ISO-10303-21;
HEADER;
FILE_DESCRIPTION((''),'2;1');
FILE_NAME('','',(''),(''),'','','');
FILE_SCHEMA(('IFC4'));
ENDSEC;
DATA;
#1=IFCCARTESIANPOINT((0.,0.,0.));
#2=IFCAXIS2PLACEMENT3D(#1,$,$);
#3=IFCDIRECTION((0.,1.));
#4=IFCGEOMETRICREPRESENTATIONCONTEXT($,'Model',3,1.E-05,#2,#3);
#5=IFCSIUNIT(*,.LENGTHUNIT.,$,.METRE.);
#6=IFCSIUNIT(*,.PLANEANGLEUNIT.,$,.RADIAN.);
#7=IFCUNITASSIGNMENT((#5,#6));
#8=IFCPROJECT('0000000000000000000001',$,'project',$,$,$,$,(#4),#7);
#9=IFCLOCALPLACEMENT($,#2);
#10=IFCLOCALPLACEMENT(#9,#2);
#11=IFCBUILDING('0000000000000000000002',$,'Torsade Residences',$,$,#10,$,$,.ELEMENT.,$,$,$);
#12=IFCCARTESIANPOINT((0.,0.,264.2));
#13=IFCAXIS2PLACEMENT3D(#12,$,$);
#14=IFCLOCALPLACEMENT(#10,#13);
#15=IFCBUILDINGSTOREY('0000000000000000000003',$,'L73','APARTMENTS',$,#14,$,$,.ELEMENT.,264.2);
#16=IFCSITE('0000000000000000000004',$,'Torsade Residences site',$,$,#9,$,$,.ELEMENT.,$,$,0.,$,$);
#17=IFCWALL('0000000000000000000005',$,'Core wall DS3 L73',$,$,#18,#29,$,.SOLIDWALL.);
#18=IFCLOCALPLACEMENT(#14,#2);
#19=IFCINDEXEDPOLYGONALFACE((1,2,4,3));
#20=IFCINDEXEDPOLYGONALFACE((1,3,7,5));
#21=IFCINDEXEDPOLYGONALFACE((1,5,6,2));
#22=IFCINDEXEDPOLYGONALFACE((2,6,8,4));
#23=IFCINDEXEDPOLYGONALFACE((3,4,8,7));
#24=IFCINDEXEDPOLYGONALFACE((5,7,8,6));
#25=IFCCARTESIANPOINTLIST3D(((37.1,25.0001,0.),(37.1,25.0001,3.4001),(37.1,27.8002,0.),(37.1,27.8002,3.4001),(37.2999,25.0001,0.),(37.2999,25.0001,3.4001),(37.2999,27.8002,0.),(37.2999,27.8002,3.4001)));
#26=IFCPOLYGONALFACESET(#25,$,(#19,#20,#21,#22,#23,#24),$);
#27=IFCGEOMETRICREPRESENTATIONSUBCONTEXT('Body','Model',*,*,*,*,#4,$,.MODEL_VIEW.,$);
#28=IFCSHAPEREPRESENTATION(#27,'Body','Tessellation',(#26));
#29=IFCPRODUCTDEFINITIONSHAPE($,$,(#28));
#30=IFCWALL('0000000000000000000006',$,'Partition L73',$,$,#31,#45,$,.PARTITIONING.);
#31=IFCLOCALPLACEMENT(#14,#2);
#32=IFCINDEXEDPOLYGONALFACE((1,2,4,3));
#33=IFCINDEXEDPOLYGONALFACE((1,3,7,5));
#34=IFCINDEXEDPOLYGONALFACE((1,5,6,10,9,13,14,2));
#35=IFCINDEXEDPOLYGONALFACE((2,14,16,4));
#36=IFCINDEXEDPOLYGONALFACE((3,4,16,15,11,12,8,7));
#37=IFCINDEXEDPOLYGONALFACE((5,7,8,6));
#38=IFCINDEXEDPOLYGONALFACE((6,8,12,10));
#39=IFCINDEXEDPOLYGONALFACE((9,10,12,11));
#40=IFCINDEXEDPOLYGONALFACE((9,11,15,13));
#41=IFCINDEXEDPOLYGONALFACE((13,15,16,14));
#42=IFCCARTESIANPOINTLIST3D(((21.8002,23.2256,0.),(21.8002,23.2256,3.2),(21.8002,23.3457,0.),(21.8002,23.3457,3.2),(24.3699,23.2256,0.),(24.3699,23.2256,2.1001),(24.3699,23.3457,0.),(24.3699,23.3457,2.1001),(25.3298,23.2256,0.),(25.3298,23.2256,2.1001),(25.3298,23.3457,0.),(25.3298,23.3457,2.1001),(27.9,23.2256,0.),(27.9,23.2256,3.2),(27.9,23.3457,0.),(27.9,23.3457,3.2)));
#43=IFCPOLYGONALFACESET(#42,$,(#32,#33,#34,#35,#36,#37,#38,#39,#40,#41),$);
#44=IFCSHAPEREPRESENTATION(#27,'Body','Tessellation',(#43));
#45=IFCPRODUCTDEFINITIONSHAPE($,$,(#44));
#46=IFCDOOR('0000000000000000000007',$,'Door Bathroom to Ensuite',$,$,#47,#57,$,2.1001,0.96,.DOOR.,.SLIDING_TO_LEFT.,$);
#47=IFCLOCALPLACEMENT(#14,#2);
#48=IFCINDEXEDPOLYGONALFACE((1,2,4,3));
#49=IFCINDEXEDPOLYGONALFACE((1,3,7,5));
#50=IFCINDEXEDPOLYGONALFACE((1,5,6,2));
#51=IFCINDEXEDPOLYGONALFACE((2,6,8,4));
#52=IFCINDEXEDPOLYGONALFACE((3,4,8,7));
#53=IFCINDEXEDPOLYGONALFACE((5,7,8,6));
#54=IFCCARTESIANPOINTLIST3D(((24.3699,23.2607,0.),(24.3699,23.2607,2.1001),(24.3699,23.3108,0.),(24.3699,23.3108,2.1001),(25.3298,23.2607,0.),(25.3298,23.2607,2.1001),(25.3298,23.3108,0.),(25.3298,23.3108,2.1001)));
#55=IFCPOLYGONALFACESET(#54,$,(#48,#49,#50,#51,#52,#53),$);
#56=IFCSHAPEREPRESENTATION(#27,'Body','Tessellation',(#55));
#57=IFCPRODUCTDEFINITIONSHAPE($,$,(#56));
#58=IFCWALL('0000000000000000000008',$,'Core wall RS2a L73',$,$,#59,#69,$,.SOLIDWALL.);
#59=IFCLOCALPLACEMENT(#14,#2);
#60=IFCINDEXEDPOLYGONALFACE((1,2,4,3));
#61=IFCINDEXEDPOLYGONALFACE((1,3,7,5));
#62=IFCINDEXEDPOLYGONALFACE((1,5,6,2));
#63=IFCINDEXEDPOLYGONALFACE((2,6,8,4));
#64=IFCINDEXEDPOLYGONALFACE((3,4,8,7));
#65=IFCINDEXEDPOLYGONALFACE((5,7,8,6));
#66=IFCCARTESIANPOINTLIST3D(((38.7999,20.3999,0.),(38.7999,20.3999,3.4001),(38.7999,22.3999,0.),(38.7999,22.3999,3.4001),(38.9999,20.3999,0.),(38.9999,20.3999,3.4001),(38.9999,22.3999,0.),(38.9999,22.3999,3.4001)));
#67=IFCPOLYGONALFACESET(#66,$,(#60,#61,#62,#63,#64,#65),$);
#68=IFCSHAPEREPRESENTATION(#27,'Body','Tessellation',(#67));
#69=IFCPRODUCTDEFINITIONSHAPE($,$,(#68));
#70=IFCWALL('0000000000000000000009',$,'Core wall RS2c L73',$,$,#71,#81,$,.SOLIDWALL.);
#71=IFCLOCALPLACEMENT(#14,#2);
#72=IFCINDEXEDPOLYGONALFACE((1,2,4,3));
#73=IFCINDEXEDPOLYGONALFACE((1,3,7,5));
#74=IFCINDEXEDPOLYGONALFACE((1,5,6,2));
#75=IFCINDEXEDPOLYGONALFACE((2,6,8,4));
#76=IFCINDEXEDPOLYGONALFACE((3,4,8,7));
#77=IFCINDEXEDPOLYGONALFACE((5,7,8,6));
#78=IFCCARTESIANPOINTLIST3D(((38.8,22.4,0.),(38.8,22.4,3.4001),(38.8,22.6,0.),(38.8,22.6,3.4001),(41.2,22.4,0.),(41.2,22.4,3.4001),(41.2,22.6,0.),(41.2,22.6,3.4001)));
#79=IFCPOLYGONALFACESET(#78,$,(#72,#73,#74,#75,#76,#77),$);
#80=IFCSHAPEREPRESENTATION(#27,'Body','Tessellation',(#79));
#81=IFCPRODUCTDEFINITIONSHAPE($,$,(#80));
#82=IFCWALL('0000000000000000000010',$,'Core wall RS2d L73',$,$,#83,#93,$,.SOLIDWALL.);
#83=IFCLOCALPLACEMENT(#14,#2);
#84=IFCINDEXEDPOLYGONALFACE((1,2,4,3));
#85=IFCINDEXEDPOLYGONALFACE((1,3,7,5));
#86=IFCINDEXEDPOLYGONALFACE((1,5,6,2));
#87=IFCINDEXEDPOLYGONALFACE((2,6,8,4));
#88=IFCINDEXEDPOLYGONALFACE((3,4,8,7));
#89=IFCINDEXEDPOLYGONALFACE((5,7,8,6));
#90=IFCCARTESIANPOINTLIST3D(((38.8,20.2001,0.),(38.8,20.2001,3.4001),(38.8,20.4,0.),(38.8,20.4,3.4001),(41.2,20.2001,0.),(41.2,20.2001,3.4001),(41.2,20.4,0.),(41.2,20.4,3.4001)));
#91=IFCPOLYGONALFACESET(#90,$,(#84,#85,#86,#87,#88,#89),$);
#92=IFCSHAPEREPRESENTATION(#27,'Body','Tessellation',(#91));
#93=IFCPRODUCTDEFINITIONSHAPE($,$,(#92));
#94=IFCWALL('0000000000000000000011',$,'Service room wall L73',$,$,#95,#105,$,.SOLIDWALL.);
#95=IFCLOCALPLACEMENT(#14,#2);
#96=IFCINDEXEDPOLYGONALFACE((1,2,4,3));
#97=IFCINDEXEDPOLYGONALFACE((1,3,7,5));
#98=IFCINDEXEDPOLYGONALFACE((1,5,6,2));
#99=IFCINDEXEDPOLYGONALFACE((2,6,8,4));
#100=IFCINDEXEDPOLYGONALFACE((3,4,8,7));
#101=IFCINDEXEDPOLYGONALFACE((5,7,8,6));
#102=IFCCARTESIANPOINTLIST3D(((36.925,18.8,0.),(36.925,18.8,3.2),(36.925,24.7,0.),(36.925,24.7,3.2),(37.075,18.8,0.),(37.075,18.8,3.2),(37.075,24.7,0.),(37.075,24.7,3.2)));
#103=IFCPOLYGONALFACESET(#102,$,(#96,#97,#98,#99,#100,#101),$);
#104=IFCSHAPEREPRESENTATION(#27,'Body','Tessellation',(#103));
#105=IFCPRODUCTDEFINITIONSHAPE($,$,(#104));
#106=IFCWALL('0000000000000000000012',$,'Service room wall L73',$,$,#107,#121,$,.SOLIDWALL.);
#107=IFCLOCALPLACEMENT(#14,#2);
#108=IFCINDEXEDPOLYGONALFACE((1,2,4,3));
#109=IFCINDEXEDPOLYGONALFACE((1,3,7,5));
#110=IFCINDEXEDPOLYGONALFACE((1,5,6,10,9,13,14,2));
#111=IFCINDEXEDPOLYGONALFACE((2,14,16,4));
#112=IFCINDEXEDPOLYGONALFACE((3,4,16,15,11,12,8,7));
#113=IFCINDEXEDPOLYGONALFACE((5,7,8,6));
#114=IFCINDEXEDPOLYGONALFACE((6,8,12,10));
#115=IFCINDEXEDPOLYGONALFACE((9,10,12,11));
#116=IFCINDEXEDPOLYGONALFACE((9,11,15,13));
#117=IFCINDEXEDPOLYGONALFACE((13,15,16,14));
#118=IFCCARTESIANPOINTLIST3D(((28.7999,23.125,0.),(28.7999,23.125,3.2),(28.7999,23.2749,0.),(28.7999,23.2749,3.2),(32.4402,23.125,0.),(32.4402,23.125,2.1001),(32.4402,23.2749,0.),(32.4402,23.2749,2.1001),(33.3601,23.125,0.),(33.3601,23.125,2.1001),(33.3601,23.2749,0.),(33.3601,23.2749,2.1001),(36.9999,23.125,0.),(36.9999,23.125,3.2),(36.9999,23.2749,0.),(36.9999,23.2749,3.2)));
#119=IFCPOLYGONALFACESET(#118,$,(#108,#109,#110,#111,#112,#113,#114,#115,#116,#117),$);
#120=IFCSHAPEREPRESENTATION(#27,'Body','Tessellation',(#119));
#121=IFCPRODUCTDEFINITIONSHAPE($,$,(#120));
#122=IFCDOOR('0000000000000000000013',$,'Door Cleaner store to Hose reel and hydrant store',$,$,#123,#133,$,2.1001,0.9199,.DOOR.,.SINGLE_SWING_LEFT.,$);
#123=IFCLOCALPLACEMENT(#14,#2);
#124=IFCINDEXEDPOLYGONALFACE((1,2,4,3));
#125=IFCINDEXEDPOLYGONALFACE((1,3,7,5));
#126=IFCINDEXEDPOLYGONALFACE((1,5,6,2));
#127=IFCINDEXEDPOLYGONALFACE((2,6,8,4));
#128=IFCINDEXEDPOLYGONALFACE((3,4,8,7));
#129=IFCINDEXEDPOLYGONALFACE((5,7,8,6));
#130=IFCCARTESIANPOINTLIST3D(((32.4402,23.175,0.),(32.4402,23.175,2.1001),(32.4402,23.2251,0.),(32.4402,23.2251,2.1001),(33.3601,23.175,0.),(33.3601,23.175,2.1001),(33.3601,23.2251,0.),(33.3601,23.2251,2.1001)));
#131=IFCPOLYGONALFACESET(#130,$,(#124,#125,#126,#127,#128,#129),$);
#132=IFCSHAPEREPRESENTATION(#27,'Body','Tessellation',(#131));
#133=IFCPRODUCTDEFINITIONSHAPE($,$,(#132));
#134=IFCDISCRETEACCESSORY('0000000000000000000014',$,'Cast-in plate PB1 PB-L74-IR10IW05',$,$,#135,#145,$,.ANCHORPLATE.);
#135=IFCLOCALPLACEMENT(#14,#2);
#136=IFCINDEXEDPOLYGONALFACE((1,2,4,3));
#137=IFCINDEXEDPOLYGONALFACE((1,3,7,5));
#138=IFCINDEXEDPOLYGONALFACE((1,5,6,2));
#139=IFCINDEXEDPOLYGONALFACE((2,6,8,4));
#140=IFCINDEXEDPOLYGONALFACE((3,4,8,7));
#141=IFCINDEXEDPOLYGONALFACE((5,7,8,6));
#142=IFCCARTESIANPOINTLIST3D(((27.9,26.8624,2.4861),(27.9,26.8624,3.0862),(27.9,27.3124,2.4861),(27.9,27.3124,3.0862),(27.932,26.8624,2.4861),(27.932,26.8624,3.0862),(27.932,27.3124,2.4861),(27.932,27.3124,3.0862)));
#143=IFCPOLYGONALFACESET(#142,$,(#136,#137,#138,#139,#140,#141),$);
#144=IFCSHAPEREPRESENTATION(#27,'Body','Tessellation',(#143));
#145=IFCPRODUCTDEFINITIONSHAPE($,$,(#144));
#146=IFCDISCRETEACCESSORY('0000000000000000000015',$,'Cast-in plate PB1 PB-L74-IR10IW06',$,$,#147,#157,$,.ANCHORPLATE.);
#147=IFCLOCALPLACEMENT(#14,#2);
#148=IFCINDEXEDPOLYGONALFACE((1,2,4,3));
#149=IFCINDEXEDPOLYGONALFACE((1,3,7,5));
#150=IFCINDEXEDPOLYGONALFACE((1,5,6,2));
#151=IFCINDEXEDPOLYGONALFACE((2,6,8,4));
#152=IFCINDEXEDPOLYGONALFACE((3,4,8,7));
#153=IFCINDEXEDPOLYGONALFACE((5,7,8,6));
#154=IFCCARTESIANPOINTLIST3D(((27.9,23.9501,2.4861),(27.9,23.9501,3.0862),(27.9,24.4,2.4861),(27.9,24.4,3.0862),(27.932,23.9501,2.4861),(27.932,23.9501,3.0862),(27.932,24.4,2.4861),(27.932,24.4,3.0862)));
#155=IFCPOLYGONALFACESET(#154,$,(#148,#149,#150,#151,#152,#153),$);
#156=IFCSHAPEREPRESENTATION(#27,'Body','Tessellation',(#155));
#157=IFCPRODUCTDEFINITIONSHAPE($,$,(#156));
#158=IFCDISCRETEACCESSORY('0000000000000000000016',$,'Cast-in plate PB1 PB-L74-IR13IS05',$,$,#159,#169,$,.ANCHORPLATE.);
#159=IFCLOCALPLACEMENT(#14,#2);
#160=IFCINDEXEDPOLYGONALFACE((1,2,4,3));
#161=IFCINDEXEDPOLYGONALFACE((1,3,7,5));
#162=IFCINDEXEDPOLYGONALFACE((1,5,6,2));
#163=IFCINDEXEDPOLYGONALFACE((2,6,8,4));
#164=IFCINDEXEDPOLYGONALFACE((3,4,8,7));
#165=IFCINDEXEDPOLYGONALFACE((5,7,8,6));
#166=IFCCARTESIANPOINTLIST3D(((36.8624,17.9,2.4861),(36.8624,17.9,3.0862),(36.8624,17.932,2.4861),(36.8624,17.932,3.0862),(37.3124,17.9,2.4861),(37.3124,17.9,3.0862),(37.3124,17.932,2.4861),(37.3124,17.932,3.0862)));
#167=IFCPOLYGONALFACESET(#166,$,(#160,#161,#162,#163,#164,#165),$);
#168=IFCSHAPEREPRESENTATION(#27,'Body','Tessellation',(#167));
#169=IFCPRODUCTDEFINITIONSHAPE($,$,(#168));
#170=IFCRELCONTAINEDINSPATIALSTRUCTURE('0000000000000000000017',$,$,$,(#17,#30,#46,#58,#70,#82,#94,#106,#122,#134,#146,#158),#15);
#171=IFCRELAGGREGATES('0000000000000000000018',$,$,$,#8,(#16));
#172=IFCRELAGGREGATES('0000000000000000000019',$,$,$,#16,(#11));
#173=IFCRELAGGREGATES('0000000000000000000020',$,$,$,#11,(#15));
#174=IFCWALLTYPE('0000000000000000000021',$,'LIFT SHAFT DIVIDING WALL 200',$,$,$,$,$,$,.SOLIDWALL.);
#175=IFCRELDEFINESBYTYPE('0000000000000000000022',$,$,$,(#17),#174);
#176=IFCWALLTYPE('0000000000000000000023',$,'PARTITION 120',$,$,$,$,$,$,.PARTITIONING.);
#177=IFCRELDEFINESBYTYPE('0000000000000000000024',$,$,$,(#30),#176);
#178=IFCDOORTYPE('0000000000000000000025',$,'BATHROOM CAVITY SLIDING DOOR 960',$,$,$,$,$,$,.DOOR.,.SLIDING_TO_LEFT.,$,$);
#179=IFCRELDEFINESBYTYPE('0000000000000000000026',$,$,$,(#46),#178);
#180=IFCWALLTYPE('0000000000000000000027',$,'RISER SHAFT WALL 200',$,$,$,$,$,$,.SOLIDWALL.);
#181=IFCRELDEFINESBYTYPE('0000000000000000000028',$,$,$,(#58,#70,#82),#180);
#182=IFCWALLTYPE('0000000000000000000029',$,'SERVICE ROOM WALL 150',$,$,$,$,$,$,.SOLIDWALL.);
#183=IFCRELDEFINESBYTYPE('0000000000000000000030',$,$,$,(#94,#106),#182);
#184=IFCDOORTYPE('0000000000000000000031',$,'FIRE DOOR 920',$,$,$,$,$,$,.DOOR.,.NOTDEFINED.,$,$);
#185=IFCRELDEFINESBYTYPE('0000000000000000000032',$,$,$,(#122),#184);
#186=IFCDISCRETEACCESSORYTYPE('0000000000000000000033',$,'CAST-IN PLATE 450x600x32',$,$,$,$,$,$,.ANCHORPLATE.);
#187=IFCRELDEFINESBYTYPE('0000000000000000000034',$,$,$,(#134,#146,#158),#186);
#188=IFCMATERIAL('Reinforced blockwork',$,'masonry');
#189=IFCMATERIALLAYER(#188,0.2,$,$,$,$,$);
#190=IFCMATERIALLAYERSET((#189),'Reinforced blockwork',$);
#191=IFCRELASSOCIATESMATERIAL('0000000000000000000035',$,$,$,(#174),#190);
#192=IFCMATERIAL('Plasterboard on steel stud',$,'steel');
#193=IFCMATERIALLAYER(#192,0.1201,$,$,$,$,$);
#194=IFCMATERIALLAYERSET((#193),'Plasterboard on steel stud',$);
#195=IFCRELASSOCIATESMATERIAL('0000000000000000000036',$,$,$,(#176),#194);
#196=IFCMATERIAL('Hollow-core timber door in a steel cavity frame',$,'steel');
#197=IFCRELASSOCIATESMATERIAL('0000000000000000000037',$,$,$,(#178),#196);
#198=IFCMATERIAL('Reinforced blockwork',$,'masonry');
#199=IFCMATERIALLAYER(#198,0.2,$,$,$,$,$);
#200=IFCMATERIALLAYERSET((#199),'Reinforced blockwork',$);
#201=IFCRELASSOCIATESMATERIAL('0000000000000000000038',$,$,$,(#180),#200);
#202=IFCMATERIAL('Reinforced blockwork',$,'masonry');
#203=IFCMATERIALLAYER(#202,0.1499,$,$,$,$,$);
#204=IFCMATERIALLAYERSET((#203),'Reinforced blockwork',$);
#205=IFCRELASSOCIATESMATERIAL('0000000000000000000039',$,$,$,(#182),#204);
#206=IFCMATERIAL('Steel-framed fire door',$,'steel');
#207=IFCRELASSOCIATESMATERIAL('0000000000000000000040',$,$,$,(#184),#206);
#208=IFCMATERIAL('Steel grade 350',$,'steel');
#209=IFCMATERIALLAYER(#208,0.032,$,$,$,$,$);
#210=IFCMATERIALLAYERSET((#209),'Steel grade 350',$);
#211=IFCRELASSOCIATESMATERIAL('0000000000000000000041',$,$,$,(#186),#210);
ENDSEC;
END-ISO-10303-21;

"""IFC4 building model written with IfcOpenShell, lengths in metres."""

from ifc_helpers import new_model, si_unit, direction, frame, frame_2d, origin, origin_2d, place, context, subcontext, project, spatial, rectangle, extrude, material, layer, layer_set, type_object, element, fill, save


model = new_model("IFC4")

# Units and contexts
model_context = context("Model", 3, precision=1e-05, world=origin(), true_north=direction((0.0, 1.0)))
body_context = subcontext(model_context, "Body", "Model", "MODEL_VIEW")
ifc_project = project(units=[si_unit("LENGTHUNIT", "METRE"), si_unit("PLANEANGLEUNIT", "RADIAN")], contexts=[model_context])

# Site, building, storey
site_placement = place(None, origin())
site = spatial("IfcSite", under=ifc_project, at=site_placement, Name="Torsade Residences site", CompositionType="ELEMENT", RefElevation=0.0)
building_placement = place(site_placement, origin())
building = spatial("IfcBuilding", under=site, at=building_placement, Name="Torsade Residences", CompositionType="ELEMENT")
storey_placement = place(building_placement, frame((0.0, 0.0, 264.2)))
storey = spatial("IfcBuildingStorey", under=building, at=storey_placement, Name="L73", Description="APARTMENTS", CompositionType="ELEMENT", Elevation=264.2)

# Wall
ifc_material_1 = material(Name="Reinforced blockwork", Category="masonry")
ifc_layer_1 = layer(ifc_material_1, 0.2)
ifc_layer_set_1 = layer_set([ifc_layer_1], Name="Reinforced blockwork")
wall_type_1 = type_object("IfcWallType", Name="LIFT SHAFT DIVIDING WALL 200", PredefinedType="SOLIDWALL", material=ifc_layer_set_1)
wall_1_placement = place(storey_placement, frame((37.2, 27.8, 0.0), z_axis=(0.0, 0.0, 1.0), x_axis=(0.0, -1.0, 0.0)))
element("IfcWall", 1, at=wall_1_placement, inside=storey, type_object=wall_type_1, Name="Core wall DS3 L73", PredefinedType="SOLIDWALL", context=body_context, shape_type="SweptSolid", body=[
    extrude(rectangle(XDim=2.8, YDim=0.2, at=frame_2d((1.3999, 0.0))), origin(), (0.0, 0.0, 1.0), 3.4001),
])

# Wall, opening, door
ifc_material_2 = material(Name="Plasterboard on steel stud", Category="steel")
ifc_layer_2 = layer(ifc_material_2, 0.1201)
ifc_layer_set_2 = layer_set([ifc_layer_2], Name="Plasterboard on steel stud")
wall_type_2 = type_object("IfcWallType", Name="PARTITION 120", PredefinedType="PARTITIONING", material=ifc_layer_set_2)
wall_2_placement = place(storey_placement, frame((27.8999, 23.2856, 0.0), z_axis=(0.0, 0.0, 1.0), x_axis=(-1.0, 0.0, 0.0)))
wall_2 = element("IfcWall", 2, at=wall_2_placement, inside=storey, type_object=wall_type_2, Name="Partition L73", PredefinedType="PARTITIONING", context=body_context, shape_type="SweptSolid", body=[
    extrude(rectangle(XDim=6.0999, YDim=0.1201, at=frame_2d((3.0498, 0.0))), origin(), (0.0, 0.0, 1.0), 3.2),
])
opening_1_placement = place(wall_2_placement, frame((2.5701, 0.0, 0.0)))
opening_1 = element("IfcOpeningElement", 3, at=opening_1_placement, cuts=wall_2, PredefinedType="OPENING", context=body_context, shape_type="SweptSolid", body=[
    extrude(rectangle(XDim=0.96, YDim=2.1001, at=frame_2d((0.48, 1.05))), frame((0.0, 0.0701, 0.0), z_axis=(0.0, -1.0, 0.0), x_axis=(1.0, 0.0, 0.0)), (0.0, 0.0, 1.0), 0.1401),
])
ifc_material_3 = material(Name="Hollow-core timber door in a steel cavity frame", Category="steel")
door_type_1 = type_object("IfcDoorType", Name="BATHROOM CAVITY SLIDING DOOR 960", OperationType="SLIDING_TO_LEFT", PredefinedType="DOOR", material=ifc_material_3)
door_1_placement = place(opening_1_placement, origin())
door_1 = element("IfcDoor", 4, at=door_1_placement, inside=storey, type_object=door_type_1, Name="Door Bathroom to Ensuite", OperationType="SLIDING_TO_LEFT", OverallHeight=2.1001, OverallWidth=0.96, PredefinedType="DOOR", context=body_context, shape_type="SweptSolid", body=[
    extrude(rectangle(XDim=0.96, YDim=2.1001, at=frame_2d((0.48, 1.05))), frame((0.0, 0.0249, 0.0), z_axis=(0.0, -1.0, 0.0), x_axis=(1.0, 0.0, 0.0)), (0.0, 0.0, 1.0), 0.05),
])
fill(opening_1, door_1)

# Walls
ifc_material_4 = material(Name="Reinforced blockwork", Category="masonry")
ifc_layer_3 = layer(ifc_material_4, 0.2)
ifc_layer_set_3 = layer_set([ifc_layer_3], Name="Reinforced blockwork")
wall_type_3 = type_object("IfcWallType", Name="RISER SHAFT WALL 200", PredefinedType="SOLIDWALL", material=ifc_layer_set_3)
wall_3_placement = place(storey_placement, frame((38.8999, 22.3999, 0.0), z_axis=(0.0, 0.0, 1.0), x_axis=(0.0, -1.0, 0.0)))
element("IfcWall", 5, at=wall_3_placement, inside=storey, type_object=wall_type_3, Name="Core wall RS2a L73", PredefinedType="SOLIDWALL", context=body_context, shape_type="SweptSolid", body=[
    extrude(rectangle(XDim=2.0, YDim=0.2, at=frame_2d((1.0, 0.0))), origin(), (0.0, 0.0, 1.0), 3.4001),
])
for number, where, z_axis, x_axis, name in (
    (6, (38.8, 22.5, 0.0), (0.0, 0.0, 1.0), (1.0, 0.0, 0.0), "Core wall RS2c L73"),
    (7, (38.8, 20.3, 0.0), (0.0, 0.0, 1.0), (1.0, 0.0, 0.0), "Core wall RS2d L73"),
):
    element("IfcWall", number, at=place(storey_placement, frame(where, z_axis=z_axis, x_axis=x_axis)), inside=storey, type_object=wall_type_3, Name=name, PredefinedType="SOLIDWALL", context=body_context, shape_type="SweptSolid", body=[
        extrude(rectangle(XDim=2.3999, YDim=0.2, at=frame_2d((1.2, 0.0))), origin(), (0.0, 0.0, 1.0), 3.4001),
    ])
ifc_material_5 = material(Name="Reinforced blockwork", Category="masonry")
ifc_layer_4 = layer(ifc_material_5, 0.1499)
ifc_layer_set_4 = layer_set([ifc_layer_4], Name="Reinforced blockwork")
wall_type_4 = type_object("IfcWallType", Name="SERVICE ROOM WALL 150", PredefinedType="SOLIDWALL", material=ifc_layer_set_4)
wall_4_placement = place(storey_placement, frame((37.0, 18.8, 0.0), z_axis=(0.0, 0.0, 1.0), x_axis=(0.0, 1.0, 0.0)))
element("IfcWall", 8, at=wall_4_placement, inside=storey, type_object=wall_type_4, Name="Service room wall L73", PredefinedType="SOLIDWALL", context=body_context, shape_type="SweptSolid", body=[
    extrude(rectangle(XDim=5.8999, YDim=0.1499, at=frame_2d((2.95, 0.0))), origin(), (0.0, 0.0, 1.0), 3.2),
])

# Wall, opening, door
wall_5_placement = place(storey_placement, frame((37.0, 23.2, 0.0), z_axis=(0.0, 0.0, 1.0), x_axis=(-1.0, 0.0, 0.0)))
wall_5 = element("IfcWall", 9, at=wall_5_placement, inside=storey, type_object=wall_type_4, Name="Service room wall L73", PredefinedType="SOLIDWALL", context=body_context, shape_type="SweptSolid", body=[
    extrude(rectangle(XDim=8.2, YDim=0.1499, at=frame_2d((4.1001, 0.0))), origin(), (0.0, 0.0, 1.0), 3.2),
])
opening_2_placement = place(wall_5_placement, frame((3.6399, 0.0, 0.0)))
opening_2 = element("IfcOpeningElement", 10, at=opening_2_placement, cuts=wall_5, PredefinedType="OPENING", context=body_context, shape_type="SweptSolid", body=[
    extrude(rectangle(XDim=0.9199, YDim=2.1001, at=frame_2d((0.46, 1.05))), frame((0.0, 0.085, 0.0), z_axis=(0.0, -1.0, 0.0), x_axis=(1.0, 0.0, 0.0)), (0.0, 0.0, 1.0), 0.1699),
])
ifc_material_6 = material(Name="Steel-framed fire door", Category="steel")
door_type_2 = type_object("IfcDoorType", Name="FIRE DOOR 920", OperationType="NOTDEFINED", PredefinedType="DOOR", material=ifc_material_6)
door_2_placement = place(opening_2_placement, origin())
door_2 = element("IfcDoor", 11, at=door_2_placement, inside=storey, type_object=door_type_2, Name="Door Cleaner store to Hose reel and hydrant store", OperationType="SINGLE_SWING_LEFT", OverallHeight=2.1001, OverallWidth=0.9199, PredefinedType="DOOR", context=body_context, shape_type="SweptSolid", body=[
    extrude(rectangle(XDim=0.9199, YDim=2.1001, at=frame_2d((0.46, 1.05))), frame((0.0, 0.0249, 0.0), z_axis=(0.0, -1.0, 0.0), x_axis=(1.0, 0.0, 0.0)), (0.0, 0.0, 1.0), 0.05),
])
fill(opening_2, door_2)

# Discrete accessories
ifc_material_7 = material(Name="Steel grade 350", Category="steel")
ifc_layer_5 = layer(ifc_material_7, 0.032)
ifc_layer_set_5 = layer_set([ifc_layer_5], Name="Steel grade 350")
discrete_accessory_type = type_object("IfcDiscreteAccessoryType", Name="CAST-IN PLATE 450x600x32", PredefinedType="ANCHORPLATE", material=ifc_layer_set_5)
for number, where, z_axis, x_axis, name in (
    (12, (27.916, 27.0874, 2.4861), (0.0, 0.0, 1.0), (1.0, 0.0, 0.0), "Cast-in plate PB1 PB-L74-IR10IW05"),
    (13, (27.916, 24.175, 2.4861), (0.0, 0.0, 1.0), (1.0, 0.0, 0.0), "Cast-in plate PB1 PB-L74-IR10IW06"),
):
    element("IfcDiscreteAccessory", number, at=place(storey_placement, frame(where, z_axis=z_axis, x_axis=x_axis)), inside=storey, type_object=discrete_accessory_type, Name=name, PredefinedType="ANCHORPLATE", context=body_context, shape_type="SweptSolid", body=[
        extrude(rectangle(XDim=0.032, YDim=0.45, at=origin_2d()), origin(), (0.0, 0.0, 1.0), 0.6001),
    ])
discrete_accessory_placement = place(storey_placement, frame((37.0874, 17.916, 2.4861), z_axis=(0.0, 0.0, 1.0), x_axis=(1.0, 0.0, 0.0)))
element("IfcDiscreteAccessory", 14, at=discrete_accessory_placement, inside=storey, type_object=discrete_accessory_type, Name="Cast-in plate PB1 PB-L74-IR13IS05", PredefinedType="ANCHORPLATE", context=body_context, shape_type="SweptSolid", body=[
    extrude(rectangle(XDim=0.45, YDim=0.032, at=origin_2d()), origin(), (0.0, 0.0, 1.0), 0.6001),
])

save(model, "model.ifc")
